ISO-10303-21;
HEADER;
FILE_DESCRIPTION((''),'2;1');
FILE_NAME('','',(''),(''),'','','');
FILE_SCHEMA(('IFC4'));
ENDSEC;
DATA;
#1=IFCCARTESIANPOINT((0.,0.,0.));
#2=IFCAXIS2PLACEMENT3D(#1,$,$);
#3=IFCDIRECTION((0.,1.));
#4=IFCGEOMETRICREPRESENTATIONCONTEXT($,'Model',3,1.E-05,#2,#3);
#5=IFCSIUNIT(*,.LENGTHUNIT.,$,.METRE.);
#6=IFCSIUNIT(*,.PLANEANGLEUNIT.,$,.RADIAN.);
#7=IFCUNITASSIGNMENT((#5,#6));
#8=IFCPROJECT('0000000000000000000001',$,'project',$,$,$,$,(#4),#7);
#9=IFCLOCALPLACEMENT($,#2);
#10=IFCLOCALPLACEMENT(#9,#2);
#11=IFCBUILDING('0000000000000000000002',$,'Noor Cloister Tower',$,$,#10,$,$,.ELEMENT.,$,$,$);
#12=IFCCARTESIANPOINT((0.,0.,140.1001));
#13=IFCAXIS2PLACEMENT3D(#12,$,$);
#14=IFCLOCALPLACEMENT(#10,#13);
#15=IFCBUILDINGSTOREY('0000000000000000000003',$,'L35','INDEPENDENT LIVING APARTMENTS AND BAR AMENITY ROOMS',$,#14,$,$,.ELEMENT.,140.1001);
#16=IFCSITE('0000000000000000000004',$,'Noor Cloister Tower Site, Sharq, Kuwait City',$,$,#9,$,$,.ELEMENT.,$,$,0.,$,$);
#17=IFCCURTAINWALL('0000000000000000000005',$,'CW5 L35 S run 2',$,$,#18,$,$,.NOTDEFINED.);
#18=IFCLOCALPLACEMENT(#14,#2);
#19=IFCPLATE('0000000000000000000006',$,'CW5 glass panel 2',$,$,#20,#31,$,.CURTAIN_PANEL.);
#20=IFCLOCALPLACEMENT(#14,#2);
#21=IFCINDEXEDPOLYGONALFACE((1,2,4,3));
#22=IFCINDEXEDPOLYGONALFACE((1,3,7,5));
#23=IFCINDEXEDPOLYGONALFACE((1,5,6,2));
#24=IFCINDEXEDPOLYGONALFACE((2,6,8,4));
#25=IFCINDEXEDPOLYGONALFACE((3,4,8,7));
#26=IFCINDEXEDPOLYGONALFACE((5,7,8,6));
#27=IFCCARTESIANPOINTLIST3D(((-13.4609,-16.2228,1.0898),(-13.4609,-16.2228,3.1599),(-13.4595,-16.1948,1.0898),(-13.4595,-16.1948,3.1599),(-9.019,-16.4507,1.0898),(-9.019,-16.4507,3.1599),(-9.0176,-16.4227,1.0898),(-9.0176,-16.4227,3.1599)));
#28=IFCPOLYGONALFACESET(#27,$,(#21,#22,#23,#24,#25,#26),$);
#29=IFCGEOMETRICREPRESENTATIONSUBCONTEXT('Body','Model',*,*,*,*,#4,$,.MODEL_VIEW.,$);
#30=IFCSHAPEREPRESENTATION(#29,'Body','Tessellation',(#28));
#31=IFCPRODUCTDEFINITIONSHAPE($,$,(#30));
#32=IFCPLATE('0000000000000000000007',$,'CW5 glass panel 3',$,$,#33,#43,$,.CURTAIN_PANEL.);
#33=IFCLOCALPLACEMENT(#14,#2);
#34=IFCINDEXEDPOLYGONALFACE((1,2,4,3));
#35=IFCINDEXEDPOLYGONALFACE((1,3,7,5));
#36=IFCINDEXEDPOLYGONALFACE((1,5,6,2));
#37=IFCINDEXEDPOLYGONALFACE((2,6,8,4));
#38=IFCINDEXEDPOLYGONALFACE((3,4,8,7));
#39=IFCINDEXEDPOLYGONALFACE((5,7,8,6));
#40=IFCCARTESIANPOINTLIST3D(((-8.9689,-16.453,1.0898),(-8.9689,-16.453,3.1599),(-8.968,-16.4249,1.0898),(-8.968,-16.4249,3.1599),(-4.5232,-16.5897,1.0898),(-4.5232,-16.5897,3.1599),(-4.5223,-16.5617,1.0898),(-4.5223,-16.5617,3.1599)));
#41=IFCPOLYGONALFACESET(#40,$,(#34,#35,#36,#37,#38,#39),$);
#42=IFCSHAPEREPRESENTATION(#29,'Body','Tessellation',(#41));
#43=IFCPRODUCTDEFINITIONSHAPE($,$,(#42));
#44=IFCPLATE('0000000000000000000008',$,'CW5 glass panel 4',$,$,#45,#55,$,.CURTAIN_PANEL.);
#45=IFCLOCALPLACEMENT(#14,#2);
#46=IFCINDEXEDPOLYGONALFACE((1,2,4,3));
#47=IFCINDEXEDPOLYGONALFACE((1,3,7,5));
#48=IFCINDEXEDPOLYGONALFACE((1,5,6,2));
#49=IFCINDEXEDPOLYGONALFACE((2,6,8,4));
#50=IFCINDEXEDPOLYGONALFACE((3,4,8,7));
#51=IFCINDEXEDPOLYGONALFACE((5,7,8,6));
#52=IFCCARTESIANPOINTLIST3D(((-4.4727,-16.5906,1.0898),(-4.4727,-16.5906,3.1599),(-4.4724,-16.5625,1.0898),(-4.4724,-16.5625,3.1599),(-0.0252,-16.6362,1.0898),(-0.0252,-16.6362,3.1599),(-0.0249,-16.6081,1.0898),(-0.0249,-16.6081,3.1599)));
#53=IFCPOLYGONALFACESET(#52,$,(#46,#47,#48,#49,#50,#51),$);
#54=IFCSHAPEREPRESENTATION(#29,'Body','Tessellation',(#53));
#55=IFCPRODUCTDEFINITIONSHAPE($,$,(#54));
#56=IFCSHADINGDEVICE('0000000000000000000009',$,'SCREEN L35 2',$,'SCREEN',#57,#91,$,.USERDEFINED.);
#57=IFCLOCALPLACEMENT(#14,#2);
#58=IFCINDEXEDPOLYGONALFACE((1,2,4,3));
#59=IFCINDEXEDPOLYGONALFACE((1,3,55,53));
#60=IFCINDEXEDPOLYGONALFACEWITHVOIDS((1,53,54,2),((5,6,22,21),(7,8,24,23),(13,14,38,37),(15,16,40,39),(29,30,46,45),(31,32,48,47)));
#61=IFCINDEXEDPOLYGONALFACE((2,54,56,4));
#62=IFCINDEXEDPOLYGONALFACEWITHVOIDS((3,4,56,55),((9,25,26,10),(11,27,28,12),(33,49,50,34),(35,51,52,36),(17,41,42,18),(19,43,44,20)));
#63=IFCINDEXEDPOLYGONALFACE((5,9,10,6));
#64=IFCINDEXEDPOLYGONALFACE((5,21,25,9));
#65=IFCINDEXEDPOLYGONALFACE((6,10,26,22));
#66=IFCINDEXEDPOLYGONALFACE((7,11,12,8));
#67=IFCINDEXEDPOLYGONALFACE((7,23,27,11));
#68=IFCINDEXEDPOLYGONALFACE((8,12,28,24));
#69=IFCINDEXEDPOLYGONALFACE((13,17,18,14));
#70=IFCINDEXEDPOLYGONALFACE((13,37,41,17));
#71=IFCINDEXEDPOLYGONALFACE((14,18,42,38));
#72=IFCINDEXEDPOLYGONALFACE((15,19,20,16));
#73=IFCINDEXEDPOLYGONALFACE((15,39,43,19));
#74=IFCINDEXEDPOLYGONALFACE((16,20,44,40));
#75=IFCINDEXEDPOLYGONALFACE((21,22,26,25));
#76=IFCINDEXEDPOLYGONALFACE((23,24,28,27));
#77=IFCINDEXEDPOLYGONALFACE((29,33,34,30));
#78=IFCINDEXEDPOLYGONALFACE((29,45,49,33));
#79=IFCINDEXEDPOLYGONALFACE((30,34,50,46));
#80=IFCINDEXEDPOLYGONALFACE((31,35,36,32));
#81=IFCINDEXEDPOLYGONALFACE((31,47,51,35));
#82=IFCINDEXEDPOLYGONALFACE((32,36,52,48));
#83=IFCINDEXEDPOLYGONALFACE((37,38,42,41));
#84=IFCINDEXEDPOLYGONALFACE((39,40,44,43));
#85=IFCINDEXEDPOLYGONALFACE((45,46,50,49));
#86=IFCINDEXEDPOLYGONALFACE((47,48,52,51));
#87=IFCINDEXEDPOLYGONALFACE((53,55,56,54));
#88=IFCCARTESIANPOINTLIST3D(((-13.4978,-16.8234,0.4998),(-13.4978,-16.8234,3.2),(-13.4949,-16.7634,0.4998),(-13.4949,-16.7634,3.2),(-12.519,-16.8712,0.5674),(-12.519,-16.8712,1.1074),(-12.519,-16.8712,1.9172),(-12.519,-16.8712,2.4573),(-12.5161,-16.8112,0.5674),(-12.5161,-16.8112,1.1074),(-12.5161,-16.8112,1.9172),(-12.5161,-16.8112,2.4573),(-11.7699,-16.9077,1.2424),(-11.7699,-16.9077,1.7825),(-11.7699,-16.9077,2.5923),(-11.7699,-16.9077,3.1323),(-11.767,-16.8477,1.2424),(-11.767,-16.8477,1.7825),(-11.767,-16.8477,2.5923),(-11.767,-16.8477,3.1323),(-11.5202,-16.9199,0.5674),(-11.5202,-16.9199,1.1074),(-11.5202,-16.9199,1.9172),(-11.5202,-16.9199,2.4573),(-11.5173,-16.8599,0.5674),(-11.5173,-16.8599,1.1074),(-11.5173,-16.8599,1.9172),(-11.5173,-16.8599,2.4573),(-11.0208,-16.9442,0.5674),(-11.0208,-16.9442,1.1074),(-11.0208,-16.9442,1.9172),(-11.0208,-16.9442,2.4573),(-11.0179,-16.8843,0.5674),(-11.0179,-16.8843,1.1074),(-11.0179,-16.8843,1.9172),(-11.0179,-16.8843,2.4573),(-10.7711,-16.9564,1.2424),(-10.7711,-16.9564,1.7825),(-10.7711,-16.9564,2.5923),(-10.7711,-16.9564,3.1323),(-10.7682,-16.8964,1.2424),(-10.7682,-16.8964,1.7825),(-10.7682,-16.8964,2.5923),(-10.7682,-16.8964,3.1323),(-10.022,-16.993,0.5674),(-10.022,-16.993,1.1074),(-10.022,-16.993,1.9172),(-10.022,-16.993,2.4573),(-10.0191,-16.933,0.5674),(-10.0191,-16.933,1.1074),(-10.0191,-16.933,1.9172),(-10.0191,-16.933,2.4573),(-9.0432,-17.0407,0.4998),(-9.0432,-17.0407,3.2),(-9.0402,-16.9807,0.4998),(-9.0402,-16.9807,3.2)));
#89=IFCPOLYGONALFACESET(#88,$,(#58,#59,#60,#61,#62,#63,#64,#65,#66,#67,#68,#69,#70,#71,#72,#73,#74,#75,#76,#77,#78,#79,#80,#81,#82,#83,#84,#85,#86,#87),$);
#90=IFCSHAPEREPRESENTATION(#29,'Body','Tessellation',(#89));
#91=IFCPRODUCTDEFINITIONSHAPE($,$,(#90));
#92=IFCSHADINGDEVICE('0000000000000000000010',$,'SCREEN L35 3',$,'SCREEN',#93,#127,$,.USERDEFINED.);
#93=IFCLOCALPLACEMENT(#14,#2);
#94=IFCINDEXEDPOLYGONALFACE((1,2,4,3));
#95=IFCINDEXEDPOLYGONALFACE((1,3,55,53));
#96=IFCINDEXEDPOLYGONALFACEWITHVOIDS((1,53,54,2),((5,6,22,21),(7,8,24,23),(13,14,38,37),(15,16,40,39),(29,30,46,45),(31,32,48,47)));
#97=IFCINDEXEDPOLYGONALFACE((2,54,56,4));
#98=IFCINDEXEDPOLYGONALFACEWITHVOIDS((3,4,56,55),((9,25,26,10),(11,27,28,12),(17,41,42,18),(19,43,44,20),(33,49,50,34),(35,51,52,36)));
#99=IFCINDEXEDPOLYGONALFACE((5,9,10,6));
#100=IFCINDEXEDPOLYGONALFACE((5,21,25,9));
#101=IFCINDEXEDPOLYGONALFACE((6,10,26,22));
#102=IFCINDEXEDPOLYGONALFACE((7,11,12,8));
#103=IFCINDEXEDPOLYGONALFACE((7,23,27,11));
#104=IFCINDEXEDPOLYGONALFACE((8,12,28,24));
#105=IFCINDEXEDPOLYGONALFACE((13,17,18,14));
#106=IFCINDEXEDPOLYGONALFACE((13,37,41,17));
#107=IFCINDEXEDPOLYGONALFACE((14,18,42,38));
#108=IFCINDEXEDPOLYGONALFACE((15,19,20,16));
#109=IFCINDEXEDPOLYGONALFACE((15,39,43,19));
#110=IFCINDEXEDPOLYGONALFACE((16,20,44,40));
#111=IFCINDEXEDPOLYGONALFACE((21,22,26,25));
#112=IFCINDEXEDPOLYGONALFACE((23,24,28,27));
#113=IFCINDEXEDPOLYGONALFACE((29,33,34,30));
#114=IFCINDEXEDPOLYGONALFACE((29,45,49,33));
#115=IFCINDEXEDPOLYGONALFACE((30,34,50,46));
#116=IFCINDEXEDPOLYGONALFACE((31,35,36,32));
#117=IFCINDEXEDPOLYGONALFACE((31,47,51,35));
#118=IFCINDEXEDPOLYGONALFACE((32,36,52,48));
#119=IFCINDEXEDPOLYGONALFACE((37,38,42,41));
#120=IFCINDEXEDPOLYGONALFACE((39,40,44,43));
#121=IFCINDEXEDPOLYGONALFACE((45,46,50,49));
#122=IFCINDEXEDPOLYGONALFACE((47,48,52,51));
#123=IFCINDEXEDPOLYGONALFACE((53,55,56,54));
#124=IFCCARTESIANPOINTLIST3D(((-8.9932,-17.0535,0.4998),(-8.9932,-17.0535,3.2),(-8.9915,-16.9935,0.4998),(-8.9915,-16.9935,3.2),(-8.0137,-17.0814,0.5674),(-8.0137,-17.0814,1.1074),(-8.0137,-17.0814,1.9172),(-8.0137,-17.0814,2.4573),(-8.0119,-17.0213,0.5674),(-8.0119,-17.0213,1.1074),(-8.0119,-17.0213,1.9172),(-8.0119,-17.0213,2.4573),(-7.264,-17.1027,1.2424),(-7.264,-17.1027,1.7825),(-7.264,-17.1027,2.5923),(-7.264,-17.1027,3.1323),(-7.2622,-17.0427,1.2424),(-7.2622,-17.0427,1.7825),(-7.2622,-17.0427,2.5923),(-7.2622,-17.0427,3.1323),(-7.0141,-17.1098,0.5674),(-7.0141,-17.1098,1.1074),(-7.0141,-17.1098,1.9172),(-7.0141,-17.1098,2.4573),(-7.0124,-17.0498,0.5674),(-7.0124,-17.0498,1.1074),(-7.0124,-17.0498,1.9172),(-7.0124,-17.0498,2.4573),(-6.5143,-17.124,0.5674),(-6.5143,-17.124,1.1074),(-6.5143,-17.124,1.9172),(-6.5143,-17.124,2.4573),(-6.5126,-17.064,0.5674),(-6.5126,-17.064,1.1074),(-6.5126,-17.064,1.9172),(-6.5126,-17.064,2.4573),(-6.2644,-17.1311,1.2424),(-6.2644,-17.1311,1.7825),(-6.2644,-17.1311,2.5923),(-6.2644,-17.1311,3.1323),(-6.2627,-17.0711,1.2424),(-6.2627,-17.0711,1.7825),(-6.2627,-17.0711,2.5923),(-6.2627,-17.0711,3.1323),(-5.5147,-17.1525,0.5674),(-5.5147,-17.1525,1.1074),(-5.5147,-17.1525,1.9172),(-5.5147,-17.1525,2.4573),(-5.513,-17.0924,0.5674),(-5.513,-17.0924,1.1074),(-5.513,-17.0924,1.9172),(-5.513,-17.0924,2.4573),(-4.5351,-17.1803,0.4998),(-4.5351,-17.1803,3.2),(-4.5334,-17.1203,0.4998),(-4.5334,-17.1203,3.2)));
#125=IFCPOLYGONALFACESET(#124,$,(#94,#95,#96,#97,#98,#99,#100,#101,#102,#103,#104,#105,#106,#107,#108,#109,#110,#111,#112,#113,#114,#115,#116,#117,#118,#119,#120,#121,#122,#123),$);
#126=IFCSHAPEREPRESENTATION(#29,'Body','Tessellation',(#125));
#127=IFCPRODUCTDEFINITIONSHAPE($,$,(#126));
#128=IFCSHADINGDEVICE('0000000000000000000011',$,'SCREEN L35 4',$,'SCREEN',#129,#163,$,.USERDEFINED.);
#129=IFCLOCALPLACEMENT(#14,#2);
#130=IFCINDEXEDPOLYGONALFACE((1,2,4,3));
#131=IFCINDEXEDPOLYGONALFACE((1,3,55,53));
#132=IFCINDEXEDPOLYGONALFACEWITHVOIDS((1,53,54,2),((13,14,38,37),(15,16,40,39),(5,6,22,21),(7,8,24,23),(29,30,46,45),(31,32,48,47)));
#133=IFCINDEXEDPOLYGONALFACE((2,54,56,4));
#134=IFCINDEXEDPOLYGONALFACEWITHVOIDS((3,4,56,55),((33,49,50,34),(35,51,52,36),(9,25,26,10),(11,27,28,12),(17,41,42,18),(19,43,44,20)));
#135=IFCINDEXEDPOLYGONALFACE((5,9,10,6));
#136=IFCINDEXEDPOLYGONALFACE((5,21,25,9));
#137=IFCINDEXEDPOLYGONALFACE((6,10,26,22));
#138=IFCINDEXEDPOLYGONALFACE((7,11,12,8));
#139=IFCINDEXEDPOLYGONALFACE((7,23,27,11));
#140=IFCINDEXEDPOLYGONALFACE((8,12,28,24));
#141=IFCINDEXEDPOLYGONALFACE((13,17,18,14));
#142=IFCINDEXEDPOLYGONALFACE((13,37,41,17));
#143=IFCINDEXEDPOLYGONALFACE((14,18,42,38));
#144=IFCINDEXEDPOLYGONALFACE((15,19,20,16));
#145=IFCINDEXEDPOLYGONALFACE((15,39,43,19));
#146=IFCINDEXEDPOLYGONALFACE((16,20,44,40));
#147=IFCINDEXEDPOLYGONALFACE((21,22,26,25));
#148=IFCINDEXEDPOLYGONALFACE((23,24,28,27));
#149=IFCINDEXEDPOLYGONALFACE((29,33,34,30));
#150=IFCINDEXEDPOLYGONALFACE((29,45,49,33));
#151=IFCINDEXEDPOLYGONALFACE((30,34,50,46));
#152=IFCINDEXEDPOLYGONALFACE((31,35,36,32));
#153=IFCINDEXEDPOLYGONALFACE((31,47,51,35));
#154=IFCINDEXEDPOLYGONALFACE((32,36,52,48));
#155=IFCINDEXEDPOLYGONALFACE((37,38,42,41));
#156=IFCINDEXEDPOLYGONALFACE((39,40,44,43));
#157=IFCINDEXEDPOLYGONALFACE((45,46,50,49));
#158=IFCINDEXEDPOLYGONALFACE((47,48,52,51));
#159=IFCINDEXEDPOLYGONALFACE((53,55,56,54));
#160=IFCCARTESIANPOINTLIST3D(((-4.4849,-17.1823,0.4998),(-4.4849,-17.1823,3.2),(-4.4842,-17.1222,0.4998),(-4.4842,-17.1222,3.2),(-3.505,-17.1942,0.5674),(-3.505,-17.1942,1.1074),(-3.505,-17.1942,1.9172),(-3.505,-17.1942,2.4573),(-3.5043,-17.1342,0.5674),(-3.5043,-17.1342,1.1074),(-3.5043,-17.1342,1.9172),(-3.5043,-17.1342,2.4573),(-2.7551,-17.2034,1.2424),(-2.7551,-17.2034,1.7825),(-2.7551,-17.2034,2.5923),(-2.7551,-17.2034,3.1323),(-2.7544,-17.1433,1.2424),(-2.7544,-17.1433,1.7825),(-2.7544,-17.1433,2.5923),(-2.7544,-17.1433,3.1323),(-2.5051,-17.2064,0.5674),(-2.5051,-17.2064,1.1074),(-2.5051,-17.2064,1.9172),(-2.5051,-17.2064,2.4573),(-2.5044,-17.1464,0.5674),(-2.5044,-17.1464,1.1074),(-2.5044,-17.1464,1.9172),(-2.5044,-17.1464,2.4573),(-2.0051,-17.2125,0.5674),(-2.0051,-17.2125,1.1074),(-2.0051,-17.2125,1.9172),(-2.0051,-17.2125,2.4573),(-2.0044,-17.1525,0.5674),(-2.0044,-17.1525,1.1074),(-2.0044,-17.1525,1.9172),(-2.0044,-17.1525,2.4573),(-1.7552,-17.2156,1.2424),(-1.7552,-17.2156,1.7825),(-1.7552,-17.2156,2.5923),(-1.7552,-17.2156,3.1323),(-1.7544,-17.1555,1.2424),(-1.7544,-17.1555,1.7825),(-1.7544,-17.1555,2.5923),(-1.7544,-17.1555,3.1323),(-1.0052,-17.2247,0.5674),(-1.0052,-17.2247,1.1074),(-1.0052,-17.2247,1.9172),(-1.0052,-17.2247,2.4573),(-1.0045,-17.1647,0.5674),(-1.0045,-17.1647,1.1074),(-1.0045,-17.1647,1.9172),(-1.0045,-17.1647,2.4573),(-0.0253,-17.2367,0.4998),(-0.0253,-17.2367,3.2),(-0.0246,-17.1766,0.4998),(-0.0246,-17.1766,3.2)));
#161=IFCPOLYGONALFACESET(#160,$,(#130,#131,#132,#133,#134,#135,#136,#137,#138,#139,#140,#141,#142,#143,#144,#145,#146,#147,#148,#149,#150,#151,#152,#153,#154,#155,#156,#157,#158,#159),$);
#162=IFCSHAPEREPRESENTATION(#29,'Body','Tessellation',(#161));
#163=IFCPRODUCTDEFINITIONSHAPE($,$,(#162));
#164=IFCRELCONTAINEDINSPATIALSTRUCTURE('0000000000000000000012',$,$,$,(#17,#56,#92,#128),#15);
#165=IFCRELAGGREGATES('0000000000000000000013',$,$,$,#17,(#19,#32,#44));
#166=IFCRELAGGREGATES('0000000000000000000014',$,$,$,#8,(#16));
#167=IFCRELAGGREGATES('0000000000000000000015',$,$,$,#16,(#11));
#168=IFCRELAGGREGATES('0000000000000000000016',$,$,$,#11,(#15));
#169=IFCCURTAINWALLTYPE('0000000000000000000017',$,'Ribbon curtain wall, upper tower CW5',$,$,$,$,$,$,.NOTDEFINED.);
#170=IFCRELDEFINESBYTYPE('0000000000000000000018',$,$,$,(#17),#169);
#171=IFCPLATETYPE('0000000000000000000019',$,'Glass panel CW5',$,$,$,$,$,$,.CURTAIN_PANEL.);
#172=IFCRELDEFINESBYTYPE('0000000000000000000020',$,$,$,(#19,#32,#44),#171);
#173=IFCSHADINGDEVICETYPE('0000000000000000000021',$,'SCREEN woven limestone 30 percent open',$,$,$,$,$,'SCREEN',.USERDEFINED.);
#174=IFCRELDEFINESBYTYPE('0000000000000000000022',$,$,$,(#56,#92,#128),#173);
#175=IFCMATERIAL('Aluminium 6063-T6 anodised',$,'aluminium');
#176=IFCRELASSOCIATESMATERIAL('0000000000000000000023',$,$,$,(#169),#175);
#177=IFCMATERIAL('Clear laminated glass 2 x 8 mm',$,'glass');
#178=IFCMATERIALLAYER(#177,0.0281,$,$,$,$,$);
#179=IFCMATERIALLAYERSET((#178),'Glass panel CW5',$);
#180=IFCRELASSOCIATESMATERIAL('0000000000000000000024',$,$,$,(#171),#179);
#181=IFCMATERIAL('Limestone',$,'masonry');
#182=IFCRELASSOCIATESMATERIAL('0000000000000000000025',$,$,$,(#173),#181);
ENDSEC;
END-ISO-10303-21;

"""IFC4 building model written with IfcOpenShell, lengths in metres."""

from ifc_helpers import new_model, si_unit, direction, frame, origin, origin_2d, place, context, subcontext, project, spatial, polyline, rectangle, outline, extrude, material, layer, layer_set, material_profile, profile_set, type_object, element, aggregate, save


model = new_model("IFC4")

# Units and contexts
model_context = context("Model", 3, precision=1e-05, world=origin(), true_north=direction((0.0, 1.0)))
body_context = subcontext(model_context, "Body", "Model", "MODEL_VIEW")
ifc_project = project(units=[si_unit("LENGTHUNIT", "METRE"), si_unit("PLANEANGLEUNIT", "RADIAN")], contexts=[model_context])

# Site, building, storey
site_placement = place(None, origin())
site = spatial("IfcSite", under=ifc_project, at=site_placement, Name="Noor Cloister Tower Site, Sharq, Kuwait City", CompositionType="ELEMENT", RefElevation=0.0)
building_placement = place(site_placement, origin())
building = spatial("IfcBuilding", under=site, at=building_placement, Name="Noor Cloister Tower", CompositionType="ELEMENT")
storey_placement = place(building_placement, frame((0.0, 0.0, 140.1001)))
storey = spatial("IfcBuildingStorey", under=building, at=storey_placement, Name="L35", Description="INDEPENDENT LIVING APARTMENTS AND BAR AMENITY ROOMS", CompositionType="ELEMENT", Elevation=140.1001)

# Curtain wall
ifc_material_1 = material(Name="Aluminium 6063-T6 anodised", Category="aluminium")
curtain_wall_type = type_object("IfcCurtainWallType", Name="Ribbon curtain wall, upper tower CW5", PredefinedType="NOTDEFINED", material=ifc_material_1)
curtain_wall_placement = place(storey_placement, origin())
curtain_wall = element("IfcCurtainWall", 1, at=curtain_wall_placement, inside=storey, type_object=curtain_wall_type, Name="CW5 L35 S run 2", PredefinedType="NOTDEFINED")

# Plates
ifc_material_2 = material(Name="Clear laminated glass 2 x 8 mm", Category="glass")
ifc_layer = layer(ifc_material_2, 0.0281)
ifc_layer_set = layer_set([ifc_layer], Name="Glass panel CW5")
plate_type = type_object("IfcPlateType", Name="Glass panel CW5", PredefinedType="CURTAIN_PANEL", material=ifc_layer_set)
plate_1_placement = place(storey_placement, frame((-11.2393, -16.3228, 1.0898), z_axis=(0.0, 0.0, 1.0), x_axis=(0.998687, -0.051236, 0.0)))
plate_1 = element("IfcPlate", 2, at=plate_1_placement, type_object=plate_type, Name="CW5 glass panel 2", PredefinedType="CURTAIN_PANEL", context=body_context, shape_type="SweptSolid", body=[
    extrude(rectangle(XDim=4.4478, YDim=0.0281, at=origin_2d()), origin(), (0.0, 0.0, 1.0), 2.0701),
])
plate_2_placement = place(storey_placement, frame((-6.7456, -16.5073, 1.0898), z_axis=(0.0, 0.0, 1.0), x_axis=(0.999527, -0.03075, 0.0)))
plate_2 = element("IfcPlate", 3, at=plate_2_placement, type_object=plate_type, Name="CW5 glass panel 3", PredefinedType="CURTAIN_PANEL", context=body_context, shape_type="SweptSolid", body=[
    extrude(rectangle(XDim=4.4478, YDim=0.0281, at=origin_2d()), origin(), (0.0, 0.0, 1.0), 2.0701),
])
plate_3_placement = place(storey_placement, frame((-2.2488, -16.5994, 1.0898), z_axis=(0.0, 0.0, 1.0), x_axis=(0.999947, -0.010252, 0.0)))
plate_3 = element("IfcPlate", 4, at=plate_3_placement, type_object=plate_type, Name="CW5 glass panel 4", PredefinedType="CURTAIN_PANEL", context=body_context, shape_type="SweptSolid", body=[
    extrude(rectangle(XDim=4.4478, YDim=0.0281, at=origin_2d()), origin(), (0.0, 0.0, 1.0), 2.0701),
])
aggregate(curtain_wall, [plate_1, plate_2, plate_3])

# Shading devices
ifc_material_3 = material(Name="Limestone", Category="masonry")
ifc_material_profile_1 = material_profile(ifc_material_3, outline(polyline([(-2.23, -1.3501), (2.23, -1.3501), (2.23, 1.3501), (-2.23, 1.3501), (-2.23, -1.3501)]), holes=[polyline([(-1.25, -1.2825), (-0.25, -1.2825), (-0.25, -0.7424), (-1.25, -0.7424), (-1.25, -1.2825)]), polyline([(0.25, -1.2825), (1.25, -1.2825), (1.25, -0.7424), (0.25, -0.7424), (0.25, -1.2825)]), polyline([(-0.5, -0.6074), (0.5, -0.6074), (0.5, -0.0674), (-0.5, -0.0674), (-0.5, -0.6074)]), polyline([(-1.25, 0.0674), (-0.25, 0.0674), (-0.25, 0.6074), (-1.25, 0.6074), (-1.25, 0.0674)]), polyline([(0.25, 0.0674), (1.25, 0.0674), (1.25, 0.6074), (0.25, 0.6074), (0.25, 0.0674)]), polyline([(-0.5, 0.7424), (0.5, 0.7424), (0.5, 1.2825), (-0.5, 1.2825), (-0.5, 0.7424)])]), Name="Woven screen 30 percent open")
ifc_profile_set_1 = profile_set([ifc_material_profile_1], Name="Limestone")
shading_device_type = type_object("IfcShadingDeviceType", Name="SCREEN woven limestone 30 percent open", ElementType="SCREEN", PredefinedType="USERDEFINED", material=ifc_profile_set_1)
for number, where, z_axis, x_axis, name in (
    (5, (-11.2676, -16.8721, 1.8499), (-0.048723, -0.998812, 0.0), (0.998812, -0.048723, 0.0), "SCREEN L35 2"),
    (6, (-6.7625, -17.0569, 1.8499), (-0.028444, -0.999595, 0.0), (0.999595, -0.028444, 0.0), "SCREEN L35 3"),
    (7, (-2.2544, -17.1494, 1.8499), (-0.012194, -0.999926, 0.0), (0.999926, -0.012194, 0.0), "SCREEN L35 4"),
):
    element("IfcShadingDevice", number, at=place(storey_placement, frame(where, z_axis=z_axis, x_axis=x_axis)), inside=storey, type_object=shading_device_type, Name=name, ObjectType="SCREEN", PredefinedType="USERDEFINED", context=body_context, shape_type="SweptSolid", body=[
        extrude(outline(polyline([(-2.23, -1.3501), (2.23, -1.3501), (2.23, 1.3501), (-2.23, 1.3501), (-2.23, -1.3501)]), holes=[polyline([(-1.25, -1.2825), (-0.25, -1.2825), (-0.25, -0.7424), (-1.25, -0.7424), (-1.25, -1.2825)]), polyline([(0.25, -1.2825), (1.25, -1.2825), (1.25, -0.7424), (0.25, -0.7424), (0.25, -1.2825)]), polyline([(-0.5, -0.6074), (0.5, -0.6074), (0.5, -0.0674), (-0.5, -0.0674), (-0.5, -0.6074)]), polyline([(-1.25, 0.0674), (-0.25, 0.0674), (-0.25, 0.6074), (-1.25, 0.6074), (-1.25, 0.0674)]), polyline([(0.25, 0.0674), (1.25, 0.0674), (1.25, 0.6074), (0.25, 0.6074), (0.25, 0.0674)]), polyline([(-0.5, 0.7424), (0.5, 0.7424), (0.5, 1.2825), (-0.5, 1.2825), (-0.5, 0.7424)])]), origin(), (0.0, 0.0, 1.0), 0.0601),
    ])

save(model, "model.ifc")
